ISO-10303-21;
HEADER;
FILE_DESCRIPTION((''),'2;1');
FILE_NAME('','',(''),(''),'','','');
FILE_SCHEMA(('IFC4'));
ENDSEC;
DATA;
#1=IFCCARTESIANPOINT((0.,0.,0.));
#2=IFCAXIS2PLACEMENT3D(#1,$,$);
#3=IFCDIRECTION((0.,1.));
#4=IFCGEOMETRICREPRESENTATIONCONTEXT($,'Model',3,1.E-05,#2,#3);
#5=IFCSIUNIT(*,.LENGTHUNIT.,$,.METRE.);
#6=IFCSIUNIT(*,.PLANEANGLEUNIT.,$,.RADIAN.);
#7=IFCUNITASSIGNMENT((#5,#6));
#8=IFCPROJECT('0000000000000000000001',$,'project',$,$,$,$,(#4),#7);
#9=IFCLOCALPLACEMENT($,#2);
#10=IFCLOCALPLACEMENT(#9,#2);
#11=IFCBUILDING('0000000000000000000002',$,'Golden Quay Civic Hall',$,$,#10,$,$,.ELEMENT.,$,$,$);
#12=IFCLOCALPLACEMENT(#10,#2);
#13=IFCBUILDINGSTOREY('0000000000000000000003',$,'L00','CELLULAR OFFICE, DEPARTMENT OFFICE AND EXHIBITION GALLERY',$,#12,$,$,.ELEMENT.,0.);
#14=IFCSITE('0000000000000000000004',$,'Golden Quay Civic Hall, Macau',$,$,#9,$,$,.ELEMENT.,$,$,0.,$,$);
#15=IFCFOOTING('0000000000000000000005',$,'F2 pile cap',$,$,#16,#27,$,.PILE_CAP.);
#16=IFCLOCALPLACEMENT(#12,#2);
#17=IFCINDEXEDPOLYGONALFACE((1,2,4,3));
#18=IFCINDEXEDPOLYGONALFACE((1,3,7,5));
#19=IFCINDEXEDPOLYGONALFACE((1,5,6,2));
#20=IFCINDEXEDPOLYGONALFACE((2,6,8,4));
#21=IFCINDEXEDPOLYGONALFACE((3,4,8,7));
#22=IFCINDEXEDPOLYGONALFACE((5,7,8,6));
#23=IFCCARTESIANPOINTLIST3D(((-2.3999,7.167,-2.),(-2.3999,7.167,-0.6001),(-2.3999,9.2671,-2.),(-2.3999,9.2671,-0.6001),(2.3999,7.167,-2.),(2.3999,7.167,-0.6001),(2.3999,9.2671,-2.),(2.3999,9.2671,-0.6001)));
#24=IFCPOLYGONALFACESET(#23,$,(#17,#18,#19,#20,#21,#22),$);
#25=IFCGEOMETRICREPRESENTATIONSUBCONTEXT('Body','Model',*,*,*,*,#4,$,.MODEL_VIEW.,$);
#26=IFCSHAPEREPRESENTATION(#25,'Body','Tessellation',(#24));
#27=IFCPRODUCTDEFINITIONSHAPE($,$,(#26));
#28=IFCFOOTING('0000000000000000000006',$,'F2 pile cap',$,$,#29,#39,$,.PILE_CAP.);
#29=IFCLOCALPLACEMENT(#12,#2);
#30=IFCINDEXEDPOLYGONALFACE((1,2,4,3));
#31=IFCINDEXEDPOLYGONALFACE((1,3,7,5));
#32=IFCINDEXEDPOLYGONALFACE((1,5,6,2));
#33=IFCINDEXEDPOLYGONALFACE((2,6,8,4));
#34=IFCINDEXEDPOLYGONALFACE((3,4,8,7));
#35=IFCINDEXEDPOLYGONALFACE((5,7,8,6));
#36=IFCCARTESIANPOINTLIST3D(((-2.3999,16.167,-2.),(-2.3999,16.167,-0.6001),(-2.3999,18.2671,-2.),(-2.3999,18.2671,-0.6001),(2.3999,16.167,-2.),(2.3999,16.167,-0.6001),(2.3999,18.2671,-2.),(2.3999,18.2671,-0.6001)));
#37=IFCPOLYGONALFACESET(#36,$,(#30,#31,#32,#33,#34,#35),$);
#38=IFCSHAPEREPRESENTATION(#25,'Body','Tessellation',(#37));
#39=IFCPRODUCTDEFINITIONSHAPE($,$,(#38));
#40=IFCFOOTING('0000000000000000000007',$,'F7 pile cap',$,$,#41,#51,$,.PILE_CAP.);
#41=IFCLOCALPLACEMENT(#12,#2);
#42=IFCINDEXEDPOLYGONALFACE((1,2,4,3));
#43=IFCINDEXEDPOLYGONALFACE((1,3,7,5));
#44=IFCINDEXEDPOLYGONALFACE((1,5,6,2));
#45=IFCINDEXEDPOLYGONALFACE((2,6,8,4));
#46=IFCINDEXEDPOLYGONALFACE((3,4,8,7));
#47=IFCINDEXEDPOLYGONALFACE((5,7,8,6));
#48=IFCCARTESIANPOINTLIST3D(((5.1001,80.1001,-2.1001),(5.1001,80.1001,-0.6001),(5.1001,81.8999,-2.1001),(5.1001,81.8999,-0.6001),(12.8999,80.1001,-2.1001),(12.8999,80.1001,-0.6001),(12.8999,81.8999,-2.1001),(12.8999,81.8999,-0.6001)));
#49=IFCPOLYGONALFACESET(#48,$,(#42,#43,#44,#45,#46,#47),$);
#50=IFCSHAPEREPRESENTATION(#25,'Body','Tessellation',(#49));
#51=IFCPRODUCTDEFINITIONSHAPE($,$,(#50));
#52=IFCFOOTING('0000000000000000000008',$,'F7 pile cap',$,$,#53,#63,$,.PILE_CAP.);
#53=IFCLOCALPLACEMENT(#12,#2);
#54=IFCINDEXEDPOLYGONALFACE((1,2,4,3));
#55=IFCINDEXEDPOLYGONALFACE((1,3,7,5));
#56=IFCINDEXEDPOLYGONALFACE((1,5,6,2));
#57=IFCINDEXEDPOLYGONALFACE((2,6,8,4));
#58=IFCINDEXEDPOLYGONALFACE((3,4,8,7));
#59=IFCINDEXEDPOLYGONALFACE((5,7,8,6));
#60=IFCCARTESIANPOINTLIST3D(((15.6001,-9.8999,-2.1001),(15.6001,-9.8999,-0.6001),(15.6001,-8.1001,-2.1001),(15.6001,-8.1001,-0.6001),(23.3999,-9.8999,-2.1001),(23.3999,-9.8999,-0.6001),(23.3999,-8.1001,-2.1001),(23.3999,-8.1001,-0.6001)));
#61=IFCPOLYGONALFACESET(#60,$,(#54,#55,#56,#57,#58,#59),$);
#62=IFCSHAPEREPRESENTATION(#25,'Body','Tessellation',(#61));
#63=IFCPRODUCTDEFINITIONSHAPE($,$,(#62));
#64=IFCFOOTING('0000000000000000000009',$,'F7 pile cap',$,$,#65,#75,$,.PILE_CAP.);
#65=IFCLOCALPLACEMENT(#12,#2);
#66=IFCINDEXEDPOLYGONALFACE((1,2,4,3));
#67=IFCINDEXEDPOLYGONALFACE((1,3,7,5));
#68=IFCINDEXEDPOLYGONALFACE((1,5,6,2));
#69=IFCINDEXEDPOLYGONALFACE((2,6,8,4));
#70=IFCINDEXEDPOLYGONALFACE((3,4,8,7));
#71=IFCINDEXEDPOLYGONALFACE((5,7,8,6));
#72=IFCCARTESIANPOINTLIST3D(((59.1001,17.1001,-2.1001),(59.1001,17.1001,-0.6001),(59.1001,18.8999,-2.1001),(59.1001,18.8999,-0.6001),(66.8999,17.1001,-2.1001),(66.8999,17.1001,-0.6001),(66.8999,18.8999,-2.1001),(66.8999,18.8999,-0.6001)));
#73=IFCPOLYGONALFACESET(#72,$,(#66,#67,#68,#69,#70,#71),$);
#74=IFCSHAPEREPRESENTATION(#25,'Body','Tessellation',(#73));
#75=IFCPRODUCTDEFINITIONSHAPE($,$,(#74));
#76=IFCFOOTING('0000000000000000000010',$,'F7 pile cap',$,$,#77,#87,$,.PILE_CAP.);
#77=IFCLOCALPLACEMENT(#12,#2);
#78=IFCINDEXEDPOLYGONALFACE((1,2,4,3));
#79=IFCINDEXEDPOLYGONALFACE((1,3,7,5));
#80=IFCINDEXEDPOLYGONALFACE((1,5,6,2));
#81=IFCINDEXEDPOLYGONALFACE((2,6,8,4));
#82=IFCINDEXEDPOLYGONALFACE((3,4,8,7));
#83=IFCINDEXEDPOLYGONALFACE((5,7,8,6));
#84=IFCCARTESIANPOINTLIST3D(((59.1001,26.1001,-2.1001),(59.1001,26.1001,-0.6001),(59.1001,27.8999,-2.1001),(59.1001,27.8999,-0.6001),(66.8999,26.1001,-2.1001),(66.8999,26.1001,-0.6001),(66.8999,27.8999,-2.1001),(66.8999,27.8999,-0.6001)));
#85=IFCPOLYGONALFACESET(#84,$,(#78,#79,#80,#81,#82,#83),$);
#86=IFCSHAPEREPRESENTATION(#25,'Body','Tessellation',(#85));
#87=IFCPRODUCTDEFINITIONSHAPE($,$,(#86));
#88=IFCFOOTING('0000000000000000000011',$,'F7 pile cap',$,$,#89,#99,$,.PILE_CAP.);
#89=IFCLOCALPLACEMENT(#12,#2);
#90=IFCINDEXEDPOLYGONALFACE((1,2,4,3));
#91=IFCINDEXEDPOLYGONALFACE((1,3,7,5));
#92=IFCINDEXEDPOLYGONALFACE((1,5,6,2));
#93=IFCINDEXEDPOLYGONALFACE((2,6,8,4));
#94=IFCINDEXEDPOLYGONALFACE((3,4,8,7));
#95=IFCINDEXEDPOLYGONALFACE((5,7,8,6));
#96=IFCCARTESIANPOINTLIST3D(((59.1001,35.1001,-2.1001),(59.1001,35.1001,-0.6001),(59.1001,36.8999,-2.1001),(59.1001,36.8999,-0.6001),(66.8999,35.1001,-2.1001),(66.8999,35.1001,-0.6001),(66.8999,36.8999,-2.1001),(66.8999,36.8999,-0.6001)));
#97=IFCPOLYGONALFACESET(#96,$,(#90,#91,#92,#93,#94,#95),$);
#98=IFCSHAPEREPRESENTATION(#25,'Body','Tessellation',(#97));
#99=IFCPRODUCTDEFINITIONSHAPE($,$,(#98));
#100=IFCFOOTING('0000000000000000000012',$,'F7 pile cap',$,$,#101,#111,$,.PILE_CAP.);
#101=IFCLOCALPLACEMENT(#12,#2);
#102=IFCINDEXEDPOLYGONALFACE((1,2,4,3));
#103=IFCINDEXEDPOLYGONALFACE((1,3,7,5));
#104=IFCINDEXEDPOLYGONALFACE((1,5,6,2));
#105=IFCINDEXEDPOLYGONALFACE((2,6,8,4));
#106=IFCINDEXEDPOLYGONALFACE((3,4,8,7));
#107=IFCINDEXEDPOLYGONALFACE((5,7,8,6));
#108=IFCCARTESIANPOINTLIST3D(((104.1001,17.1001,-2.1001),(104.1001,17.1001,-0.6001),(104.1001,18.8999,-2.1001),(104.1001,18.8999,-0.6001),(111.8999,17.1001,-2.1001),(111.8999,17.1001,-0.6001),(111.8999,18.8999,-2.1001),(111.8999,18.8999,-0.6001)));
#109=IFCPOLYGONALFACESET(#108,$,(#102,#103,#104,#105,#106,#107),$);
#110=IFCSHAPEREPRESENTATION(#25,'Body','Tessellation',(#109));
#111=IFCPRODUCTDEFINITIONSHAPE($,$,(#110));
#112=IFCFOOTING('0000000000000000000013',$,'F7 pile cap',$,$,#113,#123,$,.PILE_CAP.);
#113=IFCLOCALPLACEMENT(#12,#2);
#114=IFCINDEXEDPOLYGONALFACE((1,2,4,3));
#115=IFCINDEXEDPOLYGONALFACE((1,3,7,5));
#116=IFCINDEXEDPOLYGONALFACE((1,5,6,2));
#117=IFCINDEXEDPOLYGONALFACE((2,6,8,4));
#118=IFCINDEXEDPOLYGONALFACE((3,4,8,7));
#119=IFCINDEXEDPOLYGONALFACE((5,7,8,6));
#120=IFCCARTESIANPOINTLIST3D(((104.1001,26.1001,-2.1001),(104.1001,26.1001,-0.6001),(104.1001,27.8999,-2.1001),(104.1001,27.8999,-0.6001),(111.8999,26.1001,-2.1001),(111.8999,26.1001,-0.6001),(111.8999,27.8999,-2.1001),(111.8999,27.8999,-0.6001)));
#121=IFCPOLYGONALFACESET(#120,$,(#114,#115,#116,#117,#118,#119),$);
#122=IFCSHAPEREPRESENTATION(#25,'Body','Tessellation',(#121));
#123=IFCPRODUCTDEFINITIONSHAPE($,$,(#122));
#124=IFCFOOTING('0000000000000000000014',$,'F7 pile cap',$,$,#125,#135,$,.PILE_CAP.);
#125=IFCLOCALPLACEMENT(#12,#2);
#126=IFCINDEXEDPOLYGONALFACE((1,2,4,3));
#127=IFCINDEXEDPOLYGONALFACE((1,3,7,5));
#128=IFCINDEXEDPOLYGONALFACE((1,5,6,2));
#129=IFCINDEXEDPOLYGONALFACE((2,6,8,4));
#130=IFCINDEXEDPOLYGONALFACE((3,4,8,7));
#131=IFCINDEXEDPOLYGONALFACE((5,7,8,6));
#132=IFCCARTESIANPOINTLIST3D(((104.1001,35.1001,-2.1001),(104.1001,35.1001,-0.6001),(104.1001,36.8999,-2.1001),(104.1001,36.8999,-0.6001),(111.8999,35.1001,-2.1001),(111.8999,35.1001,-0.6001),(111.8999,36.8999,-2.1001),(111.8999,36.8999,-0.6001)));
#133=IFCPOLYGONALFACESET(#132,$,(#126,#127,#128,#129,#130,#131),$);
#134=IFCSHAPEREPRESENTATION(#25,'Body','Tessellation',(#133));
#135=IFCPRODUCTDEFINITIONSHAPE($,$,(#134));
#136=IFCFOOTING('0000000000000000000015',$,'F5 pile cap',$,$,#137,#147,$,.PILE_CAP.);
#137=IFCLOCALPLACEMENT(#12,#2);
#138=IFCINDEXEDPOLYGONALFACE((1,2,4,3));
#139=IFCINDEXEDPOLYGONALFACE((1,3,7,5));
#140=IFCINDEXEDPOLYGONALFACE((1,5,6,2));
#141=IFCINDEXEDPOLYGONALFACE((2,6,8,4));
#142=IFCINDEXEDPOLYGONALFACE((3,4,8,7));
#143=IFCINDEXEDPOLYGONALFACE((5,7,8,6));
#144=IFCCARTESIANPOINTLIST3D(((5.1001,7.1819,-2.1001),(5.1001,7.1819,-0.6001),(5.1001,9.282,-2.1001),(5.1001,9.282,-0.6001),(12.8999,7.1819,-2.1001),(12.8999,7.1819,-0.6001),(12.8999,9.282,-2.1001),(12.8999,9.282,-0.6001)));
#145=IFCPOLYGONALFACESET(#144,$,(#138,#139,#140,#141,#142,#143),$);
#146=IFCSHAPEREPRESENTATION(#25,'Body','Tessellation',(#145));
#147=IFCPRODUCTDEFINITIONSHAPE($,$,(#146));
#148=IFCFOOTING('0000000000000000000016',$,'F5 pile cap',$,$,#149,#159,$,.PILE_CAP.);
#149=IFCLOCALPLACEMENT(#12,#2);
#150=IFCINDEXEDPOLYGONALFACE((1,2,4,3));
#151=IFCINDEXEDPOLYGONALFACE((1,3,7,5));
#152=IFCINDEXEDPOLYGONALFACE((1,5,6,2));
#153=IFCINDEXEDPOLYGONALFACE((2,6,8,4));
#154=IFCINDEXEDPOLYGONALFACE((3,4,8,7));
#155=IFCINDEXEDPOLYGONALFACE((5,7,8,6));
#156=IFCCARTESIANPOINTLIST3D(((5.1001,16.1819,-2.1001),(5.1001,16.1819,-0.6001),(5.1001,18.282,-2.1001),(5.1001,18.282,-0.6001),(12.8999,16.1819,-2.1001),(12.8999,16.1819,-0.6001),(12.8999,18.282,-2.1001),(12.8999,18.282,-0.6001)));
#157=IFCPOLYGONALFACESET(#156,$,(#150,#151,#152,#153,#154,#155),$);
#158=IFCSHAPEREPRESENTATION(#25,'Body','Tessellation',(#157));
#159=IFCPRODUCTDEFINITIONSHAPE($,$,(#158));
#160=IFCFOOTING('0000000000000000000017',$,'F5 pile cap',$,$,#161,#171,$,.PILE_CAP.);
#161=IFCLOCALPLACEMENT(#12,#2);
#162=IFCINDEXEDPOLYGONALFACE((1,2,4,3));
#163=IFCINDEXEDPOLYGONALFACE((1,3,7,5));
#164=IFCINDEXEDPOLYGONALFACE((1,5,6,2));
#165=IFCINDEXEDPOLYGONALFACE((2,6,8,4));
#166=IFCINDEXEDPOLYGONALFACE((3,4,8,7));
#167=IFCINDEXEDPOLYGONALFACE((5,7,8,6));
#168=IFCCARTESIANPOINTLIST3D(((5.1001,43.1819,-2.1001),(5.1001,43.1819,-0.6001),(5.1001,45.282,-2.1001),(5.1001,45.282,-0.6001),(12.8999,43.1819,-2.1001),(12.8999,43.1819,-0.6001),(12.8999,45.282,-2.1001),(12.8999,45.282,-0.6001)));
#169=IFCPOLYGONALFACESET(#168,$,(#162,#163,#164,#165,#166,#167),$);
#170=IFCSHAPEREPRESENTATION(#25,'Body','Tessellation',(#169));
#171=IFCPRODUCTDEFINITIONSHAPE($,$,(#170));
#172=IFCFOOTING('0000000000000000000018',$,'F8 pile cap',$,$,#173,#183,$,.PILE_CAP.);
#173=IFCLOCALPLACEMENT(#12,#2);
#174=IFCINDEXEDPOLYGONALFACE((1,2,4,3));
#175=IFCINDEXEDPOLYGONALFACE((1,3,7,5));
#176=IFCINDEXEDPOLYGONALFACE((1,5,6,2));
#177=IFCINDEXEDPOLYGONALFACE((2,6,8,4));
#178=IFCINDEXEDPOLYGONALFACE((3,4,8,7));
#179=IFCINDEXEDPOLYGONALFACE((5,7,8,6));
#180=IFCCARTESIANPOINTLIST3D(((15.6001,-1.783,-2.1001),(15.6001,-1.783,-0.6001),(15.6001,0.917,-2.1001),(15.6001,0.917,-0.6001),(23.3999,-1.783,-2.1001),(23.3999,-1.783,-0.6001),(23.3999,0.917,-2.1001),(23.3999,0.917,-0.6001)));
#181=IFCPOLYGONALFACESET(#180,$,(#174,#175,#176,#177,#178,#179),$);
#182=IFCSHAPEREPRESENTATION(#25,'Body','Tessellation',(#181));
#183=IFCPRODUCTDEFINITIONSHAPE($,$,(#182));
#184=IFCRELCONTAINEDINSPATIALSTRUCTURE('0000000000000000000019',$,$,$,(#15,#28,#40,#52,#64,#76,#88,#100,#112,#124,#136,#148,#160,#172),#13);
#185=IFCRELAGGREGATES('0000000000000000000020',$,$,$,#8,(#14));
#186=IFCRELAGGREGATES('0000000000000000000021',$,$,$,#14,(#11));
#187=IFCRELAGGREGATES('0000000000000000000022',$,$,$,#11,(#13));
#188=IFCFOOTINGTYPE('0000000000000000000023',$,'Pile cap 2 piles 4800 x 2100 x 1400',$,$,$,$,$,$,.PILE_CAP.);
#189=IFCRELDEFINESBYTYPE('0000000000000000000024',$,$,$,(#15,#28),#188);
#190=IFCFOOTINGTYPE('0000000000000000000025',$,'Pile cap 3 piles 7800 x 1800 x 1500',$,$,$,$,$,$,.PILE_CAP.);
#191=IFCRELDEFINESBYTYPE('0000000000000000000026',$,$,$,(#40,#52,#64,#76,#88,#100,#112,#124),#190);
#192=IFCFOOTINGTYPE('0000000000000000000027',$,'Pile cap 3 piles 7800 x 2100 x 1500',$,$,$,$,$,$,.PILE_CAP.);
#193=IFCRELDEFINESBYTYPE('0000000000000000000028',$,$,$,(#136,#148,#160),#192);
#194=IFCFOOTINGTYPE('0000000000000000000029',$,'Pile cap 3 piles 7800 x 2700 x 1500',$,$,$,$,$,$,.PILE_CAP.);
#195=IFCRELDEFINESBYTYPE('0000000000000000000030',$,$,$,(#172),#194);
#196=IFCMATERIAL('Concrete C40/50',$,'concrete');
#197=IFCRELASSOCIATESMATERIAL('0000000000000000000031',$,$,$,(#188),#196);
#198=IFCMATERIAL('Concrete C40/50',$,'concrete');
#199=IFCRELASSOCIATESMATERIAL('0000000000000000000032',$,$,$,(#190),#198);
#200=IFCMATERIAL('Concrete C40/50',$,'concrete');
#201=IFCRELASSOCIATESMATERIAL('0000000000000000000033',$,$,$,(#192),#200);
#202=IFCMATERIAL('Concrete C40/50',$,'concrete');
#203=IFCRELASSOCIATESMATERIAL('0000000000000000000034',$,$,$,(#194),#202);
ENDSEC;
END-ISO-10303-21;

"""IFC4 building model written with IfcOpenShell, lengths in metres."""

from ifc_helpers import new_model, si_unit, direction, frame, origin, place, context, subcontext, project, spatial, polyline, outline, extrude, material, type_object, element, save


model = new_model("IFC4")

# Units and contexts
model_context = context("Model", 3, precision=1e-05, world=origin(), true_north=direction((0.0, 1.0)))
body_context = subcontext(model_context, "Body", "Model", "MODEL_VIEW")
ifc_project = project(units=[si_unit("LENGTHUNIT", "METRE"), si_unit("PLANEANGLEUNIT", "RADIAN")], contexts=[model_context])

# Site, building, storey
site_placement = place(None, origin())
site = spatial("IfcSite", under=ifc_project, at=site_placement, Name="Golden Quay Civic Hall, Macau", CompositionType="ELEMENT", RefElevation=0.0)
building_placement = place(site_placement, origin())
building = spatial("IfcBuilding", under=site, at=building_placement, Name="Golden Quay Civic Hall", CompositionType="ELEMENT")
storey_placement = place(building_placement, origin())
storey = spatial("IfcBuildingStorey", under=building, at=storey_placement, Name="L00", Description="CELLULAR OFFICE, DEPARTMENT OFFICE AND EXHIBITION GALLERY", CompositionType="ELEMENT", Elevation=0.0)

# Footings
ifc_material_1 = material(Name="Concrete C40/50", Category="concrete")
footing_type_1 = type_object("IfcFootingType", Name="Pile cap 2 piles 4800 x 2100 x 1400", PredefinedType="PILE_CAP", material=ifc_material_1)
footing_1_placement = place(storey_placement, frame((0.0, 0.0, -2.0)))
element("IfcFooting", 1, at=footing_1_placement, inside=storey, type_object=footing_type_1, Name="F2 pile cap", PredefinedType="PILE_CAP", context=body_context, shape_type="SweptSolid", body=[
    extrude(outline(polyline([(2.3999, 7.167), (2.3999, 9.2671), (-2.3999, 9.2671), (-2.3999, 7.167), (2.3999, 7.167)])), origin(), (0.0, 0.0, 1.0), 1.3999),
])
footing_2_placement = place(storey_placement, frame((0.0, 0.0, -2.0)))
element("IfcFooting", 2, at=footing_2_placement, inside=storey, type_object=footing_type_1, Name="F2 pile cap", PredefinedType="PILE_CAP", context=body_context, shape_type="SweptSolid", body=[
    extrude(outline(polyline([(2.3999, 16.167), (2.3999, 18.2671), (-2.3999, 18.2671), (-2.3999, 16.167), (2.3999, 16.167)])), origin(), (0.0, 0.0, 1.0), 1.3999),
])
ifc_material_2 = material(Name="Concrete C40/50", Category="concrete")
footing_type_2 = type_object("IfcFootingType", Name="Pile cap 3 piles 7800 x 1800 x 1500", PredefinedType="PILE_CAP", material=ifc_material_2)
footing_3_placement = place(storey_placement, frame((0.0, 0.0, -2.1001)))
element("IfcFooting", 3, at=footing_3_placement, inside=storey, type_object=footing_type_2, Name="F7 pile cap", PredefinedType="PILE_CAP", context=body_context, shape_type="SweptSolid", body=[
    extrude(outline(polyline([(12.8999, 80.1001), (12.8999, 81.8999), (5.1001, 81.8999), (5.1001, 80.1001), (12.8999, 80.1001)])), origin(), (0.0, 0.0, 1.0), 1.5),
])
footing_4_placement = place(storey_placement, frame((0.0, 0.0, -2.1001)))
element("IfcFooting", 4, at=footing_4_placement, inside=storey, type_object=footing_type_2, Name="F7 pile cap", PredefinedType="PILE_CAP", context=body_context, shape_type="SweptSolid", body=[
    extrude(outline(polyline([(23.3999, -9.8999), (23.3999, -8.1001), (15.6001, -8.1001), (15.6001, -9.8999), (23.3999, -9.8999)])), origin(), (0.0, 0.0, 1.0), 1.5),
])
footing_5_placement = place(storey_placement, frame((0.0, 0.0, -2.1001)))
element("IfcFooting", 5, at=footing_5_placement, inside=storey, type_object=footing_type_2, Name="F7 pile cap", PredefinedType="PILE_CAP", context=body_context, shape_type="SweptSolid", body=[
    extrude(outline(polyline([(66.8999, 17.1001), (66.8999, 18.8999), (59.1001, 18.8999), (59.1001, 17.1001), (66.8999, 17.1001)])), origin(), (0.0, 0.0, 1.0), 1.5),
])
footing_6_placement = place(storey_placement, frame((0.0, 0.0, -2.1001)))
element("IfcFooting", 6, at=footing_6_placement, inside=storey, type_object=footing_type_2, Name="F7 pile cap", PredefinedType="PILE_CAP", context=body_context, shape_type="SweptSolid", body=[
    extrude(outline(polyline([(66.8999, 26.1001), (66.8999, 27.8999), (59.1001, 27.8999), (59.1001, 26.1001), (66.8999, 26.1001)])), origin(), (0.0, 0.0, 1.0), 1.5),
])
footing_7_placement = place(storey_placement, frame((0.0, 0.0, -2.1001)))
element("IfcFooting", 7, at=footing_7_placement, inside=storey, type_object=footing_type_2, Name="F7 pile cap", PredefinedType="PILE_CAP", context=body_context, shape_type="SweptSolid", body=[
    extrude(outline(polyline([(66.8999, 35.1001), (66.8999, 36.8999), (59.1001, 36.8999), (59.1001, 35.1001), (66.8999, 35.1001)])), origin(), (0.0, 0.0, 1.0), 1.5),
])
footing_8_placement = place(storey_placement, frame((0.0, 0.0, -2.1001)))
element("IfcFooting", 8, at=footing_8_placement, inside=storey, type_object=footing_type_2, Name="F7 pile cap", PredefinedType="PILE_CAP", context=body_context, shape_type="SweptSolid", body=[
    extrude(outline(polyline([(111.8999, 17.1001), (111.8999, 18.8999), (104.1001, 18.8999), (104.1001, 17.1001), (111.8999, 17.1001)])), origin(), (0.0, 0.0, 1.0), 1.5),
])
footing_9_placement = place(storey_placement, frame((0.0, 0.0, -2.1001)))
element("IfcFooting", 9, at=footing_9_placement, inside=storey, type_object=footing_type_2, Name="F7 pile cap", PredefinedType="PILE_CAP", context=body_context, shape_type="SweptSolid", body=[
    extrude(outline(polyline([(111.8999, 26.1001), (111.8999, 27.8999), (104.1001, 27.8999), (104.1001, 26.1001), (111.8999, 26.1001)])), origin(), (0.0, 0.0, 1.0), 1.5),
])
footing_10_placement = place(storey_placement, frame((0.0, 0.0, -2.1001)))
element("IfcFooting", 10, at=footing_10_placement, inside=storey, type_object=footing_type_2, Name="F7 pile cap", PredefinedType="PILE_CAP", context=body_context, shape_type="SweptSolid", body=[
    extrude(outline(polyline([(111.8999, 35.1001), (111.8999, 36.8999), (104.1001, 36.8999), (104.1001, 35.1001), (111.8999, 35.1001)])), origin(), (0.0, 0.0, 1.0), 1.5),
])
ifc_material_3 = material(Name="Concrete C40/50", Category="concrete")
footing_type_3 = type_object("IfcFootingType", Name="Pile cap 3 piles 7800 x 2100 x 1500", PredefinedType="PILE_CAP", material=ifc_material_3)
footing_11_placement = place(storey_placement, frame((0.0, 0.0, -2.1001)))
element("IfcFooting", 11, at=footing_11_placement, inside=storey, type_object=footing_type_3, Name="F5 pile cap", PredefinedType="PILE_CAP", context=body_context, shape_type="SweptSolid", body=[
    extrude(outline(polyline([(12.8999, 7.1819), (12.8999, 9.282), (5.1001, 9.282), (5.1001, 7.1819), (12.8999, 7.1819)])), origin(), (0.0, 0.0, 1.0), 1.5),
])
footing_12_placement = place(storey_placement, frame((0.0, 0.0, -2.1001)))
element("IfcFooting", 12, at=footing_12_placement, inside=storey, type_object=footing_type_3, Name="F5 pile cap", PredefinedType="PILE_CAP", context=body_context, shape_type="SweptSolid", body=[
    extrude(outline(polyline([(12.8999, 16.1819), (12.8999, 18.282), (5.1001, 18.282), (5.1001, 16.1819), (12.8999, 16.1819)])), origin(), (0.0, 0.0, 1.0), 1.5),
])
footing_13_placement = place(storey_placement, frame((0.0, 0.0, -2.1001)))
element("IfcFooting", 13, at=footing_13_placement, inside=storey, type_object=footing_type_3, Name="F5 pile cap", PredefinedType="PILE_CAP", context=body_context, shape_type="SweptSolid", body=[
    extrude(outline(polyline([(12.8999, 43.1819), (12.8999, 45.282), (5.1001, 45.282), (5.1001, 43.1819), (12.8999, 43.1819)])), origin(), (0.0, 0.0, 1.0), 1.5),
])
ifc_material_4 = material(Name="Concrete C40/50", Category="concrete")
footing_type_4 = type_object("IfcFootingType", Name="Pile cap 3 piles 7800 x 2700 x 1500", PredefinedType="PILE_CAP", material=ifc_material_4)
footing_14_placement = place(storey_placement, frame((0.0, 0.0, -2.1001)))
element("IfcFooting", 14, at=footing_14_placement, inside=storey, type_object=footing_type_4, Name="F8 pile cap", PredefinedType="PILE_CAP", context=body_context, shape_type="SweptSolid", body=[
    extrude(outline(polyline([(23.3999, -1.783), (23.3999, 0.917), (15.6001, 0.917), (15.6001, -1.783), (23.3999, -1.783)])), origin(), (0.0, 0.0, 1.0), 1.5),
])

save(model, "model.ifc")
